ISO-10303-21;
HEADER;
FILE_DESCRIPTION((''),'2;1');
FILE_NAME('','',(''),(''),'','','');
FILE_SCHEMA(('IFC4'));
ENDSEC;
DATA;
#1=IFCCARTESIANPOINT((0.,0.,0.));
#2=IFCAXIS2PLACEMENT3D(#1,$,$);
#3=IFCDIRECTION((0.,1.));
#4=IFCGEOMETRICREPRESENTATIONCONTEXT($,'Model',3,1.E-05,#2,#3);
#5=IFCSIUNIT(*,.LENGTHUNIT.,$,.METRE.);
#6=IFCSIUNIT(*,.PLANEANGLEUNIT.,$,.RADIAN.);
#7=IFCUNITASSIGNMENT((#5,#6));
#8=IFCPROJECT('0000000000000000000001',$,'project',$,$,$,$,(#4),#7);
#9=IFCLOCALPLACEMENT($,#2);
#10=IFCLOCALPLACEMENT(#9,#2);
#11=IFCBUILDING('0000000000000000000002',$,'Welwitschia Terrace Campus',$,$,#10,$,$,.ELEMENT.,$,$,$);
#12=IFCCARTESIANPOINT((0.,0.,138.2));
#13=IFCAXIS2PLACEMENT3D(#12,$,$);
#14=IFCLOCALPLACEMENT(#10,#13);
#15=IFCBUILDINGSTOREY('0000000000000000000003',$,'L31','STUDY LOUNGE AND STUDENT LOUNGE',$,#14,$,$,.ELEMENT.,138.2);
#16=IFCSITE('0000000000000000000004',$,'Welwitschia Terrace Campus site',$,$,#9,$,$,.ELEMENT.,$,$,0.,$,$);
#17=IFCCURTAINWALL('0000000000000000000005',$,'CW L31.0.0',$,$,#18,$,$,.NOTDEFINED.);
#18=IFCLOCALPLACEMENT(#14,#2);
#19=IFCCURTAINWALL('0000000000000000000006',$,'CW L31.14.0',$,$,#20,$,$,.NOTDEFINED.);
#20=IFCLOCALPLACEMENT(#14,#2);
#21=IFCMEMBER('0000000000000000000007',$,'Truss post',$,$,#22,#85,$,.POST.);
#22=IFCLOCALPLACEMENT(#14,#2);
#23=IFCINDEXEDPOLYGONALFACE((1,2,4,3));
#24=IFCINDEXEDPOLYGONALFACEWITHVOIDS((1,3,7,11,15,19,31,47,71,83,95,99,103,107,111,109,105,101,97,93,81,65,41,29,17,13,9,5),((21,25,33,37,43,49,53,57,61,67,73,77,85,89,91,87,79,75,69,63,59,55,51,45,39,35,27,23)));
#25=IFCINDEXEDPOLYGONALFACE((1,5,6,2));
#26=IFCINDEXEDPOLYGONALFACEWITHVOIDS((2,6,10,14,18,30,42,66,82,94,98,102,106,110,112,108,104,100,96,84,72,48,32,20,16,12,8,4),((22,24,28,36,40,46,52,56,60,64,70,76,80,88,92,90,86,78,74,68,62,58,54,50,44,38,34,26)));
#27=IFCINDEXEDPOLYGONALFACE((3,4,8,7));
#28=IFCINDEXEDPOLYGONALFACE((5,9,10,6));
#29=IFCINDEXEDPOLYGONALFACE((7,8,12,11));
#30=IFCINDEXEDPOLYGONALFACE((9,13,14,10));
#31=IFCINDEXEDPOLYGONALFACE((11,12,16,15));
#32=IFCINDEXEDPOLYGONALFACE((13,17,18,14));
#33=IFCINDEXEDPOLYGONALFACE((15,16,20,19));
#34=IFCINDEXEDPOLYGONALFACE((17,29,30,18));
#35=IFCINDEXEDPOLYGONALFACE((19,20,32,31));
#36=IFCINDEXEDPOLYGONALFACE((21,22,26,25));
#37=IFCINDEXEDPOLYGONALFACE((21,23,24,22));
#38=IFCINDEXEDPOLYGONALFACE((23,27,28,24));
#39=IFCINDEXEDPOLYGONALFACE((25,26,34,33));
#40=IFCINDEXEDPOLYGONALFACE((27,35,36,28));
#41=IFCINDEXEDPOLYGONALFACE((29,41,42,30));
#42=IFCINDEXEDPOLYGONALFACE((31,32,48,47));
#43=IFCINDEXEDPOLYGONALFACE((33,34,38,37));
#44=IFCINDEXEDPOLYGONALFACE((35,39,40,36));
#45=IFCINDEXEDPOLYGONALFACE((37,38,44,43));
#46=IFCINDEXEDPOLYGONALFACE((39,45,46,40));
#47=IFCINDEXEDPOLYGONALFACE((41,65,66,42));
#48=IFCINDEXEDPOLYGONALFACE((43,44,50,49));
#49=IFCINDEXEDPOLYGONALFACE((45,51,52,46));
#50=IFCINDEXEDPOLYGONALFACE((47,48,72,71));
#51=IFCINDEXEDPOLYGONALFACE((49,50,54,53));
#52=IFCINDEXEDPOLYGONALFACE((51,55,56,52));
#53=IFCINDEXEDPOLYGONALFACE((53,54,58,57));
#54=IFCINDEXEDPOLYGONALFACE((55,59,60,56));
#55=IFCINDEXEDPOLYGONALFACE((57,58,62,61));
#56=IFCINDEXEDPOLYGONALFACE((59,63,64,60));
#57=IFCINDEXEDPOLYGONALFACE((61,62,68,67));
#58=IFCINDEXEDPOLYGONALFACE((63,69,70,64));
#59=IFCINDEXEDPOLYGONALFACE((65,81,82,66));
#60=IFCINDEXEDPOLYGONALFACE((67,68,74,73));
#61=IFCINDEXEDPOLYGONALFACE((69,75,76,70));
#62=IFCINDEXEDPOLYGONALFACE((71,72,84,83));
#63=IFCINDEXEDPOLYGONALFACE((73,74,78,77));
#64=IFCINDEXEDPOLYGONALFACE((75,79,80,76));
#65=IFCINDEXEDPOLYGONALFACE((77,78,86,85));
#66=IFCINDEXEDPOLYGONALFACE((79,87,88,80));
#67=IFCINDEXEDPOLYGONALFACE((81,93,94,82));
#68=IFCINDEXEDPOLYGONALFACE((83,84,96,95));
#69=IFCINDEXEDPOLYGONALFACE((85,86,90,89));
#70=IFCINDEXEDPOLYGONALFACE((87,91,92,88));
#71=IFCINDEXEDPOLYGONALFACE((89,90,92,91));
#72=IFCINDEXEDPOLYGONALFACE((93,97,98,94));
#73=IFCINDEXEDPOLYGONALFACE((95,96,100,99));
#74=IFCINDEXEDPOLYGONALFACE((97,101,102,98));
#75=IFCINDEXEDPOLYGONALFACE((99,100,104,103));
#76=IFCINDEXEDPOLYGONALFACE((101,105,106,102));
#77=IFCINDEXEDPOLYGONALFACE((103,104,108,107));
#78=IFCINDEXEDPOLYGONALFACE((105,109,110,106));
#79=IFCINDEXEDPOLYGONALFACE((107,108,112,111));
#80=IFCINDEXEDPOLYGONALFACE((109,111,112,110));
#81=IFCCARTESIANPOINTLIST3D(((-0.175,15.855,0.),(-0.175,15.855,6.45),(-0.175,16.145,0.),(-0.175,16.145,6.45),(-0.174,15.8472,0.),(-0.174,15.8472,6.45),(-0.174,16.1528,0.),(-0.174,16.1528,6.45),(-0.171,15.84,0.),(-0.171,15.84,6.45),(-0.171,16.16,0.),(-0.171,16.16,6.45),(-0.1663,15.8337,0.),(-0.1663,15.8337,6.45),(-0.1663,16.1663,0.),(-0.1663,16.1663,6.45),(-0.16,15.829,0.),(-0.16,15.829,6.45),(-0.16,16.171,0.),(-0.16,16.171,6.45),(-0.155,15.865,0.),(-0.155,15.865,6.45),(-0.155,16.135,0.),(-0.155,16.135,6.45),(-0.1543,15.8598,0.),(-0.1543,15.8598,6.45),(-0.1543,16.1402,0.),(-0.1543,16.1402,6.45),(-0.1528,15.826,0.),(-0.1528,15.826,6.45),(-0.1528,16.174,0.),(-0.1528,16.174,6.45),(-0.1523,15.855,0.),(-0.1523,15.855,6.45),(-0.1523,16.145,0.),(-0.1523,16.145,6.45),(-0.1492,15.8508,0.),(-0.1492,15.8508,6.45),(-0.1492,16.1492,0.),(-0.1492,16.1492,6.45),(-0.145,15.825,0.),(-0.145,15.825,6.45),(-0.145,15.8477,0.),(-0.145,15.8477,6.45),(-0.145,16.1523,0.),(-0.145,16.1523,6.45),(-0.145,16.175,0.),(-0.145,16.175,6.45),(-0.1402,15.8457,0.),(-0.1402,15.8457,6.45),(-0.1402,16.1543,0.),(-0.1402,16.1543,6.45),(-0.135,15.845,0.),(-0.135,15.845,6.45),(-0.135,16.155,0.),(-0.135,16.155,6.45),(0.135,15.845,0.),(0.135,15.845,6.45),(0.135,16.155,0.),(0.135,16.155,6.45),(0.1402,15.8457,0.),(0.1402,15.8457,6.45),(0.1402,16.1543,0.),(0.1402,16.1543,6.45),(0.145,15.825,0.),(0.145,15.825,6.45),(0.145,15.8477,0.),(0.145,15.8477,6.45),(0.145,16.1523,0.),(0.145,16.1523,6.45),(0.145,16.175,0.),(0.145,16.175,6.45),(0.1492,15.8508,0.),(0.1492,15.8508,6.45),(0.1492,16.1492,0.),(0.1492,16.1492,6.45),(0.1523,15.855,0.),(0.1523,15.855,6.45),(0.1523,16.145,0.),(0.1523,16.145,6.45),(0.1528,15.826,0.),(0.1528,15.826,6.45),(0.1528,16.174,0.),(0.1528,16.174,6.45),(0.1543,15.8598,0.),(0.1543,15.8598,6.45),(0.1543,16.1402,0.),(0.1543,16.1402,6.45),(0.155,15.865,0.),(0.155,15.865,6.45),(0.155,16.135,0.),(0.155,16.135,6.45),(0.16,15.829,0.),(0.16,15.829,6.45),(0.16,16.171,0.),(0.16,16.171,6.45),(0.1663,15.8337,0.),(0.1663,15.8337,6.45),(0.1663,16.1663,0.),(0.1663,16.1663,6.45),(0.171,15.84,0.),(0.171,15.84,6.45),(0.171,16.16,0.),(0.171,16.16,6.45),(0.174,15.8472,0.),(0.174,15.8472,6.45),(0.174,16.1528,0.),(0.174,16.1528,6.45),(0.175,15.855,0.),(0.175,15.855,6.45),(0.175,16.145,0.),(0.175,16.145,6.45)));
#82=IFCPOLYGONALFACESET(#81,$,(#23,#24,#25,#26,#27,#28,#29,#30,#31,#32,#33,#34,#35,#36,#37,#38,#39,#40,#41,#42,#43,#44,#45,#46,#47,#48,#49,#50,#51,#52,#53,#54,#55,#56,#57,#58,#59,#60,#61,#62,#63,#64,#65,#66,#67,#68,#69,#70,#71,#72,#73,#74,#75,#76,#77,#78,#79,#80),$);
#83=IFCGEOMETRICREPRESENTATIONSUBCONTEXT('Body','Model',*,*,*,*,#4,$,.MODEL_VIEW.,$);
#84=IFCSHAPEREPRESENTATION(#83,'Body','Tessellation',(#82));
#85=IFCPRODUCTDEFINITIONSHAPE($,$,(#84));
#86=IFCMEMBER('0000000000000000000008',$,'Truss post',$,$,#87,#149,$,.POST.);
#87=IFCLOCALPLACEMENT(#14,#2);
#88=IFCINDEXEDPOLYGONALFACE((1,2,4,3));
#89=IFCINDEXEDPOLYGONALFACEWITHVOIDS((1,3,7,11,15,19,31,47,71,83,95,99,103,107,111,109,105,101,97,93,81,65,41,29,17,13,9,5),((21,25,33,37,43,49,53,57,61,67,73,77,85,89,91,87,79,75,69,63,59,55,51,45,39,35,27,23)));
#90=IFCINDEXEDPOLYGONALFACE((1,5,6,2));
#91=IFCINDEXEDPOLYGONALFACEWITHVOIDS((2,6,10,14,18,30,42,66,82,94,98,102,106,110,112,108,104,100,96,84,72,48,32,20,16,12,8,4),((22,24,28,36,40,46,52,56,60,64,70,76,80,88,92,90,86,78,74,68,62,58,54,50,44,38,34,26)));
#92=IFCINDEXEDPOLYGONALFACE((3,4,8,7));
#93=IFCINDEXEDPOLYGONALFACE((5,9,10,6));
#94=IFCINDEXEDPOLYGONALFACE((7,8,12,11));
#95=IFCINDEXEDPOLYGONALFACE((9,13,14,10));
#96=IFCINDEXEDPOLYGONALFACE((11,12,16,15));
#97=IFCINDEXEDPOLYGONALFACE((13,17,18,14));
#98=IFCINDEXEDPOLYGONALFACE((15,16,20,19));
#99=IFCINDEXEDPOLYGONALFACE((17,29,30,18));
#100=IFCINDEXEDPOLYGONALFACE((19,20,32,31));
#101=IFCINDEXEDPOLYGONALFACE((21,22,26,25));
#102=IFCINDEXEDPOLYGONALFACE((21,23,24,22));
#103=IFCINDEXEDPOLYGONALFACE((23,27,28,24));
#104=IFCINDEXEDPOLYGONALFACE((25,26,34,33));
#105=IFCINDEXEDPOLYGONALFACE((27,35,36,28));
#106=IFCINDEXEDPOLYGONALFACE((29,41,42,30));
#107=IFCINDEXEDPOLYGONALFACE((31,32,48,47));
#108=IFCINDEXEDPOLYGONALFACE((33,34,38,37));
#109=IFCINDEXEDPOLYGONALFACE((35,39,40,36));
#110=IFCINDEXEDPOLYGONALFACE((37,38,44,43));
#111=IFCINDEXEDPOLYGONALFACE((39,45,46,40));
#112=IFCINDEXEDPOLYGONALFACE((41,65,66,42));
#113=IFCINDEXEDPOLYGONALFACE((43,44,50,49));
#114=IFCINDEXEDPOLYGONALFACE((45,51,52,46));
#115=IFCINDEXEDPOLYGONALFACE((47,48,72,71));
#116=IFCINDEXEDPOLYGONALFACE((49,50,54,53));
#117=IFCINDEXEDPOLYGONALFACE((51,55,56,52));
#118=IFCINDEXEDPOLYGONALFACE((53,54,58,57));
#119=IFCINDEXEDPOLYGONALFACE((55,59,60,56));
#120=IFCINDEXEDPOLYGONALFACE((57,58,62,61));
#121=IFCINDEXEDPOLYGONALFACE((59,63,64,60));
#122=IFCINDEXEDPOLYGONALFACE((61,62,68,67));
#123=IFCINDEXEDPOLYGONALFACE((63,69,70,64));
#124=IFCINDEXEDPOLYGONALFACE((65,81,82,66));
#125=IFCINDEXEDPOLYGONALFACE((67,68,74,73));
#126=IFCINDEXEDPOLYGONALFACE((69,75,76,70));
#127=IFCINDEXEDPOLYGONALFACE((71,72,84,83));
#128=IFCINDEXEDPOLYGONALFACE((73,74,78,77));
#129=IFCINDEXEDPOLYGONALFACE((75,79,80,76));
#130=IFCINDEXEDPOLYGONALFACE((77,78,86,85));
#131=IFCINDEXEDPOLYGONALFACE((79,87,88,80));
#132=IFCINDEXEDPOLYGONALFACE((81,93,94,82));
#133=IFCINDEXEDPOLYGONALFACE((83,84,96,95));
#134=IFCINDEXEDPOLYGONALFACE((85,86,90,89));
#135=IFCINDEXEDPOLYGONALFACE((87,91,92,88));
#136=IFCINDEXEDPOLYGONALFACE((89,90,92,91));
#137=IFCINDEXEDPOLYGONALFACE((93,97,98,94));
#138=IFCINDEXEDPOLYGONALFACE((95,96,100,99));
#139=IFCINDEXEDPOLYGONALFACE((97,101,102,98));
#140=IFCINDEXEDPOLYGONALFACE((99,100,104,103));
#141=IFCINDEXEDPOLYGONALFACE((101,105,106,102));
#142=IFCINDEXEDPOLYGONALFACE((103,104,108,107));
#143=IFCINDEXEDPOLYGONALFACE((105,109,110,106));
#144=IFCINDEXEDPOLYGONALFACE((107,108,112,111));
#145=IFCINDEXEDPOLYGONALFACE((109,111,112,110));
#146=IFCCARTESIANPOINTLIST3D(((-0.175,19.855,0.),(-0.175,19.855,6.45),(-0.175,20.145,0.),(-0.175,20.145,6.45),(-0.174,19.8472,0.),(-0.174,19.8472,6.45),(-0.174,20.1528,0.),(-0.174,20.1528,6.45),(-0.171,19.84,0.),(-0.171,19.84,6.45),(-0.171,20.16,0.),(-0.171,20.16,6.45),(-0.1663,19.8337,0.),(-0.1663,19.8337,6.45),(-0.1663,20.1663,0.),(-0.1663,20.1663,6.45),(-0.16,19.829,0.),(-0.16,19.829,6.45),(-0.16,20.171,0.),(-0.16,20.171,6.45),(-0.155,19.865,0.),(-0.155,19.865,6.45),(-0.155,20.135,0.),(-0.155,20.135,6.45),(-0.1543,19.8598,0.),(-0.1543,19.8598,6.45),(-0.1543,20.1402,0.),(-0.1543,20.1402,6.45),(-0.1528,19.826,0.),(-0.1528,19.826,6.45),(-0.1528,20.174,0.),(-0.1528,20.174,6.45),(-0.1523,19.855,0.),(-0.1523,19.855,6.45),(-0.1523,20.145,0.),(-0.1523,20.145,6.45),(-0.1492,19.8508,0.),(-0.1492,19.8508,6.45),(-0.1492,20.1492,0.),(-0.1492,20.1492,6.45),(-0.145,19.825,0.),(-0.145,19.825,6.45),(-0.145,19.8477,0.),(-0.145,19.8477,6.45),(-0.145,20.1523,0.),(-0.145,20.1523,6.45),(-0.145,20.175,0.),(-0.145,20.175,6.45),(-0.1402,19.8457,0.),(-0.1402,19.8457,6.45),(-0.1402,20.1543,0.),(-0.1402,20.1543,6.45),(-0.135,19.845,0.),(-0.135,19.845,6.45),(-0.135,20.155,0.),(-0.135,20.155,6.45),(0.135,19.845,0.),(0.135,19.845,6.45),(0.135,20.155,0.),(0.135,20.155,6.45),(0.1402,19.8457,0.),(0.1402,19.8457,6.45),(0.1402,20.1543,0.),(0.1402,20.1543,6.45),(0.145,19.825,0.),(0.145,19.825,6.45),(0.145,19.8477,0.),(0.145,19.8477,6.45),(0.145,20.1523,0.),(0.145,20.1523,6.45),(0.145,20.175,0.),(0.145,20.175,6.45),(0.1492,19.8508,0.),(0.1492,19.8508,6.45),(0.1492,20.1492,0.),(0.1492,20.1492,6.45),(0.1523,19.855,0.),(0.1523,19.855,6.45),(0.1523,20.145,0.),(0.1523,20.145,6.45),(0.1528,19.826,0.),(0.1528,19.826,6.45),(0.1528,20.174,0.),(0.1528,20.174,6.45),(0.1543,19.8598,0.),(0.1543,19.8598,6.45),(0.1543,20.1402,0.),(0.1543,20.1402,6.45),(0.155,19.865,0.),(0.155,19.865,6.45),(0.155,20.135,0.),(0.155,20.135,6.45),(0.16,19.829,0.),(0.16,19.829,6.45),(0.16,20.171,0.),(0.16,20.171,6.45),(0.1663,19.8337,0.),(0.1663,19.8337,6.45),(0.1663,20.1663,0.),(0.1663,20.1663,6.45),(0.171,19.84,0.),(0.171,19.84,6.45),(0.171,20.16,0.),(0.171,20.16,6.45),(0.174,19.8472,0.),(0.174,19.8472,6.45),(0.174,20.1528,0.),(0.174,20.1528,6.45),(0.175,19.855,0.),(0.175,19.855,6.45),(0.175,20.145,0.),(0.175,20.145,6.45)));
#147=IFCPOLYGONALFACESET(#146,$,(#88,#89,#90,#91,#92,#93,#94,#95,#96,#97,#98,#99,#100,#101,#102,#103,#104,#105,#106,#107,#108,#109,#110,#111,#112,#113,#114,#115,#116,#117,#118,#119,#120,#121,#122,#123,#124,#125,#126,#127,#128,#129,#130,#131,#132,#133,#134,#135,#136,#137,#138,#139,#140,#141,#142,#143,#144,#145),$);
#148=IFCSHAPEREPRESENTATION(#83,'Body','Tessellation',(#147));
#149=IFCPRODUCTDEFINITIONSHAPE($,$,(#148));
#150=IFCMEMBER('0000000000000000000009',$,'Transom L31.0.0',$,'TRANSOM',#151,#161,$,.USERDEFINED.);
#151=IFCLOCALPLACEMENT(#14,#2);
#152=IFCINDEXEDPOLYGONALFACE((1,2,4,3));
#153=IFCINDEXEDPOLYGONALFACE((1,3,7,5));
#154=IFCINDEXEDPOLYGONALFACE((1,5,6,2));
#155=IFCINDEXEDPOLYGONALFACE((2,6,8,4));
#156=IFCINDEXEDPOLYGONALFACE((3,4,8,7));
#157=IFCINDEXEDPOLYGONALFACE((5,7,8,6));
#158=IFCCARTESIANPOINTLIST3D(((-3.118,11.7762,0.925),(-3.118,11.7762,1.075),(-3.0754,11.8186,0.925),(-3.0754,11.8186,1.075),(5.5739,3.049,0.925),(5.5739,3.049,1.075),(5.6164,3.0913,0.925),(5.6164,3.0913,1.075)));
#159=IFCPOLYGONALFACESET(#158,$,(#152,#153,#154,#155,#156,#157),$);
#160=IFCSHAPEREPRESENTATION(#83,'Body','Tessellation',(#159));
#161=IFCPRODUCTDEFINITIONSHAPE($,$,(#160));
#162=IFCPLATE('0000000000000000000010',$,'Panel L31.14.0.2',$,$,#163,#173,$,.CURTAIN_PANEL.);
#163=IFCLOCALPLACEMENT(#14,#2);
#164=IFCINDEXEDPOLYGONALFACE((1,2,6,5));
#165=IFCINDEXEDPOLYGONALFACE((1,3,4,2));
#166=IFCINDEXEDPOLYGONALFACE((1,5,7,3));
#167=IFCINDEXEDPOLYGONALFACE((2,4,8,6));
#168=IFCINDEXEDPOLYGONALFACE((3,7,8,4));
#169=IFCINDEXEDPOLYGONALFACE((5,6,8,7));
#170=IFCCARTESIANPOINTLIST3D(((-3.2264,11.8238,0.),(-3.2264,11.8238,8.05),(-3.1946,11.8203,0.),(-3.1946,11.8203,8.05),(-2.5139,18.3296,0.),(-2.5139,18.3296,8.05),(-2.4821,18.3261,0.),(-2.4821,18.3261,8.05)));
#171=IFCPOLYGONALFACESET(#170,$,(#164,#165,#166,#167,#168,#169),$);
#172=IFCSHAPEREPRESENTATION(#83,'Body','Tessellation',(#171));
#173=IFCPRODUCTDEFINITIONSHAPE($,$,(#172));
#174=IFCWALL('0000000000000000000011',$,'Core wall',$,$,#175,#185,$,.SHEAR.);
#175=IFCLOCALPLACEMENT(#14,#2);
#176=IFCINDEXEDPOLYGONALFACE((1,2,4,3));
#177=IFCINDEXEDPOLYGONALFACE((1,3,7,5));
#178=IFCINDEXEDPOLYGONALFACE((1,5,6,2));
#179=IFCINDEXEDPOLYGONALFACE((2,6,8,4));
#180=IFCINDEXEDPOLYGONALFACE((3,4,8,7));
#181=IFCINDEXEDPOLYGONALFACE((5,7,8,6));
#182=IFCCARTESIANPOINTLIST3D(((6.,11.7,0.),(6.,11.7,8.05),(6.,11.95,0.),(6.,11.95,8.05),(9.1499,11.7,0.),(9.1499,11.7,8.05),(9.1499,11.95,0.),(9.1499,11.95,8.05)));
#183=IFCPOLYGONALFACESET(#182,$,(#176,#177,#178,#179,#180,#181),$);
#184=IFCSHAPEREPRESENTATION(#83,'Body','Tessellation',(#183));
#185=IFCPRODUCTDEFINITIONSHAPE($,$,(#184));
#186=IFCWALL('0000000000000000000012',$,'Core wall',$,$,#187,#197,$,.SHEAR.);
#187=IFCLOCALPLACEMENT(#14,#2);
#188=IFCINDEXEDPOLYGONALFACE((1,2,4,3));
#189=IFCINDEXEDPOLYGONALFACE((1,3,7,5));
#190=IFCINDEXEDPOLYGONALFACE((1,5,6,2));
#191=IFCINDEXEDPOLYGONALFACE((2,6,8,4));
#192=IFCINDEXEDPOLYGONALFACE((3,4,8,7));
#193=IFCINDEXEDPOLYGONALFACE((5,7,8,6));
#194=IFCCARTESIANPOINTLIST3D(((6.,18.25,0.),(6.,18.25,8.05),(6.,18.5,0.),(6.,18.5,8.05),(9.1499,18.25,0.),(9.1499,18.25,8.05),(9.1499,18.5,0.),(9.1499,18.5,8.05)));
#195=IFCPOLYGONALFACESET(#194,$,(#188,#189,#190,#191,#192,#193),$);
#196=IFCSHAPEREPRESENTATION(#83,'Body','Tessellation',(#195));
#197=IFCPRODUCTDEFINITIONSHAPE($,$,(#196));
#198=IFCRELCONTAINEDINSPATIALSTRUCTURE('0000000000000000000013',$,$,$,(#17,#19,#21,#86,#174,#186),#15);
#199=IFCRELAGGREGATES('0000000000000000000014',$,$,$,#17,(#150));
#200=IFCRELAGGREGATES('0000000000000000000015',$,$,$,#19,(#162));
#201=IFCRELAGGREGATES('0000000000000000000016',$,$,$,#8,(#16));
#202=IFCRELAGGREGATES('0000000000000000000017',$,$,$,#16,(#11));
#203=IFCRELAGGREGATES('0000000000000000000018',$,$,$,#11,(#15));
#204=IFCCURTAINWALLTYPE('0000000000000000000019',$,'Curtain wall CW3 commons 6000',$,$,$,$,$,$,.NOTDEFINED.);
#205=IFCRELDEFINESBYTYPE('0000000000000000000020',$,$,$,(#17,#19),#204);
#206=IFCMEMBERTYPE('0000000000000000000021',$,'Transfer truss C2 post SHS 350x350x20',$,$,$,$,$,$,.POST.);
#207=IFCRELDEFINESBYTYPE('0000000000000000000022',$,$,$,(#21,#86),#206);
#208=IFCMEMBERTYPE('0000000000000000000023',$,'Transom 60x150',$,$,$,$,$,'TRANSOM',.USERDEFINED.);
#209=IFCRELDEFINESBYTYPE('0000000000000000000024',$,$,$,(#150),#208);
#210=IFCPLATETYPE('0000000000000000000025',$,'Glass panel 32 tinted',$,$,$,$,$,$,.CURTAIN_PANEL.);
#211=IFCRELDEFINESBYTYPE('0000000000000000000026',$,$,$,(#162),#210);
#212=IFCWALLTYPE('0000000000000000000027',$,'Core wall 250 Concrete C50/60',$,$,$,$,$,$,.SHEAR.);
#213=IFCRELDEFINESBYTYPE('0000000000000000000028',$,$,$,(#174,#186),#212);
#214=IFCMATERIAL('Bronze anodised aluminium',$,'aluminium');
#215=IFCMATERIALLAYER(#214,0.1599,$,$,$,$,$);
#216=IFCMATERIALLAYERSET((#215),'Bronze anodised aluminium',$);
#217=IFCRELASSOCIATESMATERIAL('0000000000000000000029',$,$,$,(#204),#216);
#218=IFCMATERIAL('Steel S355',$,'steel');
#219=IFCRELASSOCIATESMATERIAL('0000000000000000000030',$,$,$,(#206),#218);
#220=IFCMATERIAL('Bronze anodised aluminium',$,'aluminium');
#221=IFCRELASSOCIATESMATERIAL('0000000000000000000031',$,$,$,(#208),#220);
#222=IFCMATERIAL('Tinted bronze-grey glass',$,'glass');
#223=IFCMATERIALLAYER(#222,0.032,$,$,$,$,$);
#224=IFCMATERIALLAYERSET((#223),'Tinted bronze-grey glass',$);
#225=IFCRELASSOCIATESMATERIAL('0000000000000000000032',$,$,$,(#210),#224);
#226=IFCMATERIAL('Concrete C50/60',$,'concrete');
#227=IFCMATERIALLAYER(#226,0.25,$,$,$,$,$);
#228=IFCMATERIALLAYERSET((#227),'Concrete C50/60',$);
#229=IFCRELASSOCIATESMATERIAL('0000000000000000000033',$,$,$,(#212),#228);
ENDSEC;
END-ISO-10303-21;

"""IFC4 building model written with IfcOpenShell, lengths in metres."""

from ifc_helpers import new_model, si_unit, direction, frame, frame_2d, origin, origin_2d, place, context, subcontext, project, spatial, rectangle, hollow_rectangle, extrude, material, layer, layer_set, material_profile, profile_set, type_object, element, aggregate, save


model = new_model("IFC4")

# Units and contexts
model_context = context("Model", 3, precision=1e-05, world=origin(), true_north=direction((0.0, 1.0)))
body_context = subcontext(model_context, "Body", "Model", "MODEL_VIEW")
ifc_project = project(units=[si_unit("LENGTHUNIT", "METRE"), si_unit("PLANEANGLEUNIT", "RADIAN")], contexts=[model_context])

# Site, building, storey
site_placement = place(None, origin())
site = spatial("IfcSite", under=ifc_project, at=site_placement, Name="Welwitschia Terrace Campus site", CompositionType="ELEMENT", RefElevation=0.0)
building_placement = place(site_placement, origin())
building = spatial("IfcBuilding", under=site, at=building_placement, Name="Welwitschia Terrace Campus", CompositionType="ELEMENT")
storey_placement = place(building_placement, frame((0.0, 0.0, 138.2)))
storey = spatial("IfcBuildingStorey", under=building, at=storey_placement, Name="L31", Description="STUDY LOUNGE AND STUDENT LOUNGE", CompositionType="ELEMENT", Elevation=138.2)

# Curtain wall
ifc_material_1 = material(Name="Bronze anodised aluminium", Category="aluminium")
ifc_layer_1 = layer(ifc_material_1, 0.1599)
ifc_layer_set_1 = layer_set([ifc_layer_1], Name="Bronze anodised aluminium")
curtain_wall_type = type_object("IfcCurtainWallType", Name="Curtain wall CW3 commons 6000", PredefinedType="NOTDEFINED", material=ifc_layer_set_1)
curtain_wall_1_placement = place(storey_placement, origin())
curtain_wall_1 = element("IfcCurtainWall", 1, at=curtain_wall_1_placement, inside=storey, type_object=curtain_wall_type, Name="CW L31.0.0", PredefinedType="NOTDEFINED")

# Curtain wall
curtain_wall_2_placement = place(storey_placement, origin())
curtain_wall_2 = element("IfcCurtainWall", 2, at=curtain_wall_2_placement, inside=storey, type_object=curtain_wall_type, Name="CW L31.14.0", PredefinedType="NOTDEFINED")

# Members
ifc_material_2 = material(Name="Steel S355", Category="steel")
ifc_material_profile_1 = material_profile(ifc_material_2, hollow_rectangle(XDim=0.3501, YDim=0.3501, WallThickness=0.02, InnerFilletRadius=0.02, OuterFilletRadius=0.03, at=origin_2d()))
ifc_profile_set_1 = profile_set([ifc_material_profile_1], Name="Steel S355")
member_type_1 = type_object("IfcMemberType", Name="Transfer truss C2 post SHS 350x350x20", PredefinedType="POST", material=ifc_profile_set_1)
for number, where, z_axis, x_axis, name in (
    (3, (0.0, 16.0, 0.0), (0.0, 0.0, 1.0), (1.0, 0.0, 0.0), "Truss post"),
    (4, (0.0, 20.0, 0.0), (0.0, 0.0, 1.0), (1.0, 0.0, 0.0), "Truss post"),
):
    element("IfcMember", number, at=place(storey_placement, frame(where, z_axis=z_axis, x_axis=x_axis)), inside=storey, type_object=member_type_1, Name=name, PredefinedType="POST", context=body_context, shape_type="SweptSolid", body=[
        extrude(hollow_rectangle(XDim=0.3501, YDim=0.3501, WallThickness=0.02, InnerFilletRadius=0.02, OuterFilletRadius=0.03, at=origin_2d()), origin(), (0.0, 0.0, 1.0), 6.45),
    ])

# Member
ifc_material_3 = material(Name="Bronze anodised aluminium", Category="aluminium")
ifc_material_profile_2 = material_profile(ifc_material_3, rectangle(XDim=0.0601, YDim=0.1499, at=origin_2d()))
ifc_profile_set_2 = profile_set([ifc_material_profile_2], Name="Bronze anodised aluminium")
member_type_2 = type_object("IfcMemberType", Name="Transom 60x150", ElementType="TRANSOM", PredefinedType="USERDEFINED", material=ifc_profile_set_2)
member_1_placement = place(storey_placement, frame((-3.0967, 11.7974, 1.0), z_axis=(0.705668, -0.708542, 0.0), x_axis=(0.708542, 0.705668, 0.0)))
member_1 = element("IfcMember", 5, at=member_1_placement, type_object=member_type_2, Name="Transom L31.0.0", ObjectType="TRANSOM", PredefinedType="USERDEFINED", context=body_context, shape_type="SweptSolid", body=[
    extrude(rectangle(XDim=0.0601, YDim=0.1499, at=origin_2d()), origin(), (0.0, 0.0, 1.0), 12.3171),
])
aggregate(curtain_wall_1, [member_1])

# Plate
ifc_material_4 = material(Name="Tinted bronze-grey glass", Category="glass")
ifc_layer_2 = layer(ifc_material_4, 0.032)
ifc_layer_set_2 = layer_set([ifc_layer_2], Name="Tinted bronze-grey glass")
plate_type = type_object("IfcPlateType", Name="Glass panel 32 tinted", PredefinedType="CURTAIN_PANEL", material=ifc_layer_set_2)
plate_placement = place(storey_placement, frame((-2.8542, 15.075, 0.0), z_axis=(0.0, 0.0, 1.0), x_axis=(-0.108867, -0.994056, 0.0)))
plate = element("IfcPlate", 6, at=plate_placement, type_object=plate_type, Name="Panel L31.14.0.2", PredefinedType="CURTAIN_PANEL", context=body_context, shape_type="SweptSolid", body=[
    extrude(rectangle(XDim=6.5447, YDim=0.032, at=origin_2d()), origin(), (0.0, 0.0, 1.0), 8.05),
])
aggregate(curtain_wall_2, [plate])

# Walls
ifc_material_5 = material(Name="Concrete C50/60", Category="concrete")
ifc_layer_3 = layer(ifc_material_5, 0.25)
ifc_layer_set_3 = layer_set([ifc_layer_3], Name="Concrete C50/60")
wall_type_1 = type_object("IfcWallType", Name="Core wall 250 Concrete C50/60", PredefinedType="SHEAR", material=ifc_layer_set_3)
for number, where, z_axis, x_axis, name in (
    (7, (6.0, 11.825, 0.0), (0.0, 0.0, 1.0), (1.0, 0.0, 0.0), "Core wall"),
    (8, (6.0, 18.375, 0.0), (0.0, 0.0, 1.0), (1.0, 0.0, 0.0), "Core wall"),
):
    element("IfcWall", number, at=place(storey_placement, frame(where, z_axis=z_axis, x_axis=x_axis)), inside=storey, type_object=wall_type_1, Name=name, PredefinedType="SHEAR", context=body_context, shape_type="SweptSolid", body=[
        extrude(rectangle(XDim=3.1499, YDim=0.25, at=frame_2d((1.575, 0.0))), origin(), (0.0, 0.0, 1.0), 8.05),
    ])

save(model, "model.ifc")
